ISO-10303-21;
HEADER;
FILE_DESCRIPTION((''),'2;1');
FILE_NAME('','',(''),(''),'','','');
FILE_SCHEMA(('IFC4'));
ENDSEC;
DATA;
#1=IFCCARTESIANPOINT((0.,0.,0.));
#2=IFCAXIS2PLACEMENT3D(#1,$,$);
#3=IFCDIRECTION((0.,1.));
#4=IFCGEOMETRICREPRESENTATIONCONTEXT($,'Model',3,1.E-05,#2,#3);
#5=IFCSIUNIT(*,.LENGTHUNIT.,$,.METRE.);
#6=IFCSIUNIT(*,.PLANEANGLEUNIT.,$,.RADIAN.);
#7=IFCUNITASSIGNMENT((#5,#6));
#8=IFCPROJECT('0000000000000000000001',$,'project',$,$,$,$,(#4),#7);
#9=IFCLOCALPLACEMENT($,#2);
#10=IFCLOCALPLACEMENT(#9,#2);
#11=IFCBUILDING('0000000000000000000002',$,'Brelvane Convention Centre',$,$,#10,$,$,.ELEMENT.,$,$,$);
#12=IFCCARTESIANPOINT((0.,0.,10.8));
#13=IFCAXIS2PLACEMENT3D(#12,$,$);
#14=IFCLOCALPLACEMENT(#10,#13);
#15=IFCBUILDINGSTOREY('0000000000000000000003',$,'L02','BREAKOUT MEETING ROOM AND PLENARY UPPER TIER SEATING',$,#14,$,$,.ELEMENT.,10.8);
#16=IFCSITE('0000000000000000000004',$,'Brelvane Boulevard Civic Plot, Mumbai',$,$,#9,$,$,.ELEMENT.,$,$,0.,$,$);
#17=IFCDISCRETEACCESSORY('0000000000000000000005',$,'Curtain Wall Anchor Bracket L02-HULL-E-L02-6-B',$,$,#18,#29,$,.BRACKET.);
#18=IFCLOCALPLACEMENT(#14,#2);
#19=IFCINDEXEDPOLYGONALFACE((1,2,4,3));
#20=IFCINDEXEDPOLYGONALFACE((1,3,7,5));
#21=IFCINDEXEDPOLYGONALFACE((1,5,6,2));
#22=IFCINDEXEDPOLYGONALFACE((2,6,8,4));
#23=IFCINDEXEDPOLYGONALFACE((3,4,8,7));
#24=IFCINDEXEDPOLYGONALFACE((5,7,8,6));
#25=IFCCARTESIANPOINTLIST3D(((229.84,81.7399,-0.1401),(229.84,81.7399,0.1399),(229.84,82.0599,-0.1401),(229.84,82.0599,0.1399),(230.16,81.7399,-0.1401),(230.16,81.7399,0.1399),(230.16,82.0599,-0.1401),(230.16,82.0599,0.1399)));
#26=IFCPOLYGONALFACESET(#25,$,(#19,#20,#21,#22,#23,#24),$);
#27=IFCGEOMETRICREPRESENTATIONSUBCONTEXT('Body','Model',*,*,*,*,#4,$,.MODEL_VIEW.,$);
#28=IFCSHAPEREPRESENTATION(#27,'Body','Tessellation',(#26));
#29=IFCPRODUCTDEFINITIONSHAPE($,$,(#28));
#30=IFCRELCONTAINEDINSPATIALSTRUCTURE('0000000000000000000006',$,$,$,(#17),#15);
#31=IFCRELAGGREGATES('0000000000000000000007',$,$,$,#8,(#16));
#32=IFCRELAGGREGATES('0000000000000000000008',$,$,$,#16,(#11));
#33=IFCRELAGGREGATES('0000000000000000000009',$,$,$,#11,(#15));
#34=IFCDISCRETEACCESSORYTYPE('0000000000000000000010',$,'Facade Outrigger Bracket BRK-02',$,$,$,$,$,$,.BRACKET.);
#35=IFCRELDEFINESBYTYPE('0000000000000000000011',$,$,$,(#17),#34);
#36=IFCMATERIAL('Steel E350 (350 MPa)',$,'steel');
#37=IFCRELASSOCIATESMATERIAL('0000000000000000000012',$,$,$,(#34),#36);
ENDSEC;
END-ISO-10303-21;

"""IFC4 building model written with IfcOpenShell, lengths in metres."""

from ifc_helpers import new_model, si_unit, direction, frame, origin, origin_2d, place, context, subcontext, project, spatial, rectangle, extrude, material, type_object, element, save


model = new_model("IFC4")

# Units and contexts
model_context = context("Model", 3, precision=1e-05, world=origin(), true_north=direction((0.0, 1.0)))
body_context = subcontext(model_context, "Body", "Model", "MODEL_VIEW")
ifc_project = project(units=[si_unit("LENGTHUNIT", "METRE"), si_unit("PLANEANGLEUNIT", "RADIAN")], contexts=[model_context])

# Site, building, storey
site_placement = place(None, origin())
site = spatial("IfcSite", under=ifc_project, at=site_placement, Name="Brelvane Boulevard Civic Plot, Mumbai", CompositionType="ELEMENT", RefElevation=0.0)
building_placement = place(site_placement, origin())
building = spatial("IfcBuilding", under=site, at=building_placement, Name="Brelvane Convention Centre", CompositionType="ELEMENT")
storey_placement = place(building_placement, frame((0.0, 0.0, 10.8)))
storey = spatial("IfcBuildingStorey", under=building, at=storey_placement, Name="L02", Description="BREAKOUT MEETING ROOM AND PLENARY UPPER TIER SEATING", CompositionType="ELEMENT", Elevation=10.8)

# Discrete accessory
ifc_material_1 = material(Name="Steel E350 (350 MPa)", Category="steel")
discrete_accessory_type = type_object("IfcDiscreteAccessoryType", Name="Facade Outrigger Bracket BRK-02", PredefinedType="BRACKET", material=ifc_material_1)
discrete_accessory_1_placement = place(storey_placement, frame((230.0, 81.8999, -0.1401), z_axis=(0.0, 0.0, 1.0), x_axis=(1.0, 0.0, 0.0)))
element("IfcDiscreteAccessory", 1, at=discrete_accessory_1_placement, inside=storey, type_object=discrete_accessory_type, Name="Curtain Wall Anchor Bracket L02-HULL-E-L02-6-B", PredefinedType="BRACKET", context=body_context, shape_type="SweptSolid", body=[
    extrude(rectangle(XDim=0.3201, YDim=0.3201, at=origin_2d()), origin(), (0.0, 0.0, 1.0), 0.28),
])

save(model, "model.ifc")
